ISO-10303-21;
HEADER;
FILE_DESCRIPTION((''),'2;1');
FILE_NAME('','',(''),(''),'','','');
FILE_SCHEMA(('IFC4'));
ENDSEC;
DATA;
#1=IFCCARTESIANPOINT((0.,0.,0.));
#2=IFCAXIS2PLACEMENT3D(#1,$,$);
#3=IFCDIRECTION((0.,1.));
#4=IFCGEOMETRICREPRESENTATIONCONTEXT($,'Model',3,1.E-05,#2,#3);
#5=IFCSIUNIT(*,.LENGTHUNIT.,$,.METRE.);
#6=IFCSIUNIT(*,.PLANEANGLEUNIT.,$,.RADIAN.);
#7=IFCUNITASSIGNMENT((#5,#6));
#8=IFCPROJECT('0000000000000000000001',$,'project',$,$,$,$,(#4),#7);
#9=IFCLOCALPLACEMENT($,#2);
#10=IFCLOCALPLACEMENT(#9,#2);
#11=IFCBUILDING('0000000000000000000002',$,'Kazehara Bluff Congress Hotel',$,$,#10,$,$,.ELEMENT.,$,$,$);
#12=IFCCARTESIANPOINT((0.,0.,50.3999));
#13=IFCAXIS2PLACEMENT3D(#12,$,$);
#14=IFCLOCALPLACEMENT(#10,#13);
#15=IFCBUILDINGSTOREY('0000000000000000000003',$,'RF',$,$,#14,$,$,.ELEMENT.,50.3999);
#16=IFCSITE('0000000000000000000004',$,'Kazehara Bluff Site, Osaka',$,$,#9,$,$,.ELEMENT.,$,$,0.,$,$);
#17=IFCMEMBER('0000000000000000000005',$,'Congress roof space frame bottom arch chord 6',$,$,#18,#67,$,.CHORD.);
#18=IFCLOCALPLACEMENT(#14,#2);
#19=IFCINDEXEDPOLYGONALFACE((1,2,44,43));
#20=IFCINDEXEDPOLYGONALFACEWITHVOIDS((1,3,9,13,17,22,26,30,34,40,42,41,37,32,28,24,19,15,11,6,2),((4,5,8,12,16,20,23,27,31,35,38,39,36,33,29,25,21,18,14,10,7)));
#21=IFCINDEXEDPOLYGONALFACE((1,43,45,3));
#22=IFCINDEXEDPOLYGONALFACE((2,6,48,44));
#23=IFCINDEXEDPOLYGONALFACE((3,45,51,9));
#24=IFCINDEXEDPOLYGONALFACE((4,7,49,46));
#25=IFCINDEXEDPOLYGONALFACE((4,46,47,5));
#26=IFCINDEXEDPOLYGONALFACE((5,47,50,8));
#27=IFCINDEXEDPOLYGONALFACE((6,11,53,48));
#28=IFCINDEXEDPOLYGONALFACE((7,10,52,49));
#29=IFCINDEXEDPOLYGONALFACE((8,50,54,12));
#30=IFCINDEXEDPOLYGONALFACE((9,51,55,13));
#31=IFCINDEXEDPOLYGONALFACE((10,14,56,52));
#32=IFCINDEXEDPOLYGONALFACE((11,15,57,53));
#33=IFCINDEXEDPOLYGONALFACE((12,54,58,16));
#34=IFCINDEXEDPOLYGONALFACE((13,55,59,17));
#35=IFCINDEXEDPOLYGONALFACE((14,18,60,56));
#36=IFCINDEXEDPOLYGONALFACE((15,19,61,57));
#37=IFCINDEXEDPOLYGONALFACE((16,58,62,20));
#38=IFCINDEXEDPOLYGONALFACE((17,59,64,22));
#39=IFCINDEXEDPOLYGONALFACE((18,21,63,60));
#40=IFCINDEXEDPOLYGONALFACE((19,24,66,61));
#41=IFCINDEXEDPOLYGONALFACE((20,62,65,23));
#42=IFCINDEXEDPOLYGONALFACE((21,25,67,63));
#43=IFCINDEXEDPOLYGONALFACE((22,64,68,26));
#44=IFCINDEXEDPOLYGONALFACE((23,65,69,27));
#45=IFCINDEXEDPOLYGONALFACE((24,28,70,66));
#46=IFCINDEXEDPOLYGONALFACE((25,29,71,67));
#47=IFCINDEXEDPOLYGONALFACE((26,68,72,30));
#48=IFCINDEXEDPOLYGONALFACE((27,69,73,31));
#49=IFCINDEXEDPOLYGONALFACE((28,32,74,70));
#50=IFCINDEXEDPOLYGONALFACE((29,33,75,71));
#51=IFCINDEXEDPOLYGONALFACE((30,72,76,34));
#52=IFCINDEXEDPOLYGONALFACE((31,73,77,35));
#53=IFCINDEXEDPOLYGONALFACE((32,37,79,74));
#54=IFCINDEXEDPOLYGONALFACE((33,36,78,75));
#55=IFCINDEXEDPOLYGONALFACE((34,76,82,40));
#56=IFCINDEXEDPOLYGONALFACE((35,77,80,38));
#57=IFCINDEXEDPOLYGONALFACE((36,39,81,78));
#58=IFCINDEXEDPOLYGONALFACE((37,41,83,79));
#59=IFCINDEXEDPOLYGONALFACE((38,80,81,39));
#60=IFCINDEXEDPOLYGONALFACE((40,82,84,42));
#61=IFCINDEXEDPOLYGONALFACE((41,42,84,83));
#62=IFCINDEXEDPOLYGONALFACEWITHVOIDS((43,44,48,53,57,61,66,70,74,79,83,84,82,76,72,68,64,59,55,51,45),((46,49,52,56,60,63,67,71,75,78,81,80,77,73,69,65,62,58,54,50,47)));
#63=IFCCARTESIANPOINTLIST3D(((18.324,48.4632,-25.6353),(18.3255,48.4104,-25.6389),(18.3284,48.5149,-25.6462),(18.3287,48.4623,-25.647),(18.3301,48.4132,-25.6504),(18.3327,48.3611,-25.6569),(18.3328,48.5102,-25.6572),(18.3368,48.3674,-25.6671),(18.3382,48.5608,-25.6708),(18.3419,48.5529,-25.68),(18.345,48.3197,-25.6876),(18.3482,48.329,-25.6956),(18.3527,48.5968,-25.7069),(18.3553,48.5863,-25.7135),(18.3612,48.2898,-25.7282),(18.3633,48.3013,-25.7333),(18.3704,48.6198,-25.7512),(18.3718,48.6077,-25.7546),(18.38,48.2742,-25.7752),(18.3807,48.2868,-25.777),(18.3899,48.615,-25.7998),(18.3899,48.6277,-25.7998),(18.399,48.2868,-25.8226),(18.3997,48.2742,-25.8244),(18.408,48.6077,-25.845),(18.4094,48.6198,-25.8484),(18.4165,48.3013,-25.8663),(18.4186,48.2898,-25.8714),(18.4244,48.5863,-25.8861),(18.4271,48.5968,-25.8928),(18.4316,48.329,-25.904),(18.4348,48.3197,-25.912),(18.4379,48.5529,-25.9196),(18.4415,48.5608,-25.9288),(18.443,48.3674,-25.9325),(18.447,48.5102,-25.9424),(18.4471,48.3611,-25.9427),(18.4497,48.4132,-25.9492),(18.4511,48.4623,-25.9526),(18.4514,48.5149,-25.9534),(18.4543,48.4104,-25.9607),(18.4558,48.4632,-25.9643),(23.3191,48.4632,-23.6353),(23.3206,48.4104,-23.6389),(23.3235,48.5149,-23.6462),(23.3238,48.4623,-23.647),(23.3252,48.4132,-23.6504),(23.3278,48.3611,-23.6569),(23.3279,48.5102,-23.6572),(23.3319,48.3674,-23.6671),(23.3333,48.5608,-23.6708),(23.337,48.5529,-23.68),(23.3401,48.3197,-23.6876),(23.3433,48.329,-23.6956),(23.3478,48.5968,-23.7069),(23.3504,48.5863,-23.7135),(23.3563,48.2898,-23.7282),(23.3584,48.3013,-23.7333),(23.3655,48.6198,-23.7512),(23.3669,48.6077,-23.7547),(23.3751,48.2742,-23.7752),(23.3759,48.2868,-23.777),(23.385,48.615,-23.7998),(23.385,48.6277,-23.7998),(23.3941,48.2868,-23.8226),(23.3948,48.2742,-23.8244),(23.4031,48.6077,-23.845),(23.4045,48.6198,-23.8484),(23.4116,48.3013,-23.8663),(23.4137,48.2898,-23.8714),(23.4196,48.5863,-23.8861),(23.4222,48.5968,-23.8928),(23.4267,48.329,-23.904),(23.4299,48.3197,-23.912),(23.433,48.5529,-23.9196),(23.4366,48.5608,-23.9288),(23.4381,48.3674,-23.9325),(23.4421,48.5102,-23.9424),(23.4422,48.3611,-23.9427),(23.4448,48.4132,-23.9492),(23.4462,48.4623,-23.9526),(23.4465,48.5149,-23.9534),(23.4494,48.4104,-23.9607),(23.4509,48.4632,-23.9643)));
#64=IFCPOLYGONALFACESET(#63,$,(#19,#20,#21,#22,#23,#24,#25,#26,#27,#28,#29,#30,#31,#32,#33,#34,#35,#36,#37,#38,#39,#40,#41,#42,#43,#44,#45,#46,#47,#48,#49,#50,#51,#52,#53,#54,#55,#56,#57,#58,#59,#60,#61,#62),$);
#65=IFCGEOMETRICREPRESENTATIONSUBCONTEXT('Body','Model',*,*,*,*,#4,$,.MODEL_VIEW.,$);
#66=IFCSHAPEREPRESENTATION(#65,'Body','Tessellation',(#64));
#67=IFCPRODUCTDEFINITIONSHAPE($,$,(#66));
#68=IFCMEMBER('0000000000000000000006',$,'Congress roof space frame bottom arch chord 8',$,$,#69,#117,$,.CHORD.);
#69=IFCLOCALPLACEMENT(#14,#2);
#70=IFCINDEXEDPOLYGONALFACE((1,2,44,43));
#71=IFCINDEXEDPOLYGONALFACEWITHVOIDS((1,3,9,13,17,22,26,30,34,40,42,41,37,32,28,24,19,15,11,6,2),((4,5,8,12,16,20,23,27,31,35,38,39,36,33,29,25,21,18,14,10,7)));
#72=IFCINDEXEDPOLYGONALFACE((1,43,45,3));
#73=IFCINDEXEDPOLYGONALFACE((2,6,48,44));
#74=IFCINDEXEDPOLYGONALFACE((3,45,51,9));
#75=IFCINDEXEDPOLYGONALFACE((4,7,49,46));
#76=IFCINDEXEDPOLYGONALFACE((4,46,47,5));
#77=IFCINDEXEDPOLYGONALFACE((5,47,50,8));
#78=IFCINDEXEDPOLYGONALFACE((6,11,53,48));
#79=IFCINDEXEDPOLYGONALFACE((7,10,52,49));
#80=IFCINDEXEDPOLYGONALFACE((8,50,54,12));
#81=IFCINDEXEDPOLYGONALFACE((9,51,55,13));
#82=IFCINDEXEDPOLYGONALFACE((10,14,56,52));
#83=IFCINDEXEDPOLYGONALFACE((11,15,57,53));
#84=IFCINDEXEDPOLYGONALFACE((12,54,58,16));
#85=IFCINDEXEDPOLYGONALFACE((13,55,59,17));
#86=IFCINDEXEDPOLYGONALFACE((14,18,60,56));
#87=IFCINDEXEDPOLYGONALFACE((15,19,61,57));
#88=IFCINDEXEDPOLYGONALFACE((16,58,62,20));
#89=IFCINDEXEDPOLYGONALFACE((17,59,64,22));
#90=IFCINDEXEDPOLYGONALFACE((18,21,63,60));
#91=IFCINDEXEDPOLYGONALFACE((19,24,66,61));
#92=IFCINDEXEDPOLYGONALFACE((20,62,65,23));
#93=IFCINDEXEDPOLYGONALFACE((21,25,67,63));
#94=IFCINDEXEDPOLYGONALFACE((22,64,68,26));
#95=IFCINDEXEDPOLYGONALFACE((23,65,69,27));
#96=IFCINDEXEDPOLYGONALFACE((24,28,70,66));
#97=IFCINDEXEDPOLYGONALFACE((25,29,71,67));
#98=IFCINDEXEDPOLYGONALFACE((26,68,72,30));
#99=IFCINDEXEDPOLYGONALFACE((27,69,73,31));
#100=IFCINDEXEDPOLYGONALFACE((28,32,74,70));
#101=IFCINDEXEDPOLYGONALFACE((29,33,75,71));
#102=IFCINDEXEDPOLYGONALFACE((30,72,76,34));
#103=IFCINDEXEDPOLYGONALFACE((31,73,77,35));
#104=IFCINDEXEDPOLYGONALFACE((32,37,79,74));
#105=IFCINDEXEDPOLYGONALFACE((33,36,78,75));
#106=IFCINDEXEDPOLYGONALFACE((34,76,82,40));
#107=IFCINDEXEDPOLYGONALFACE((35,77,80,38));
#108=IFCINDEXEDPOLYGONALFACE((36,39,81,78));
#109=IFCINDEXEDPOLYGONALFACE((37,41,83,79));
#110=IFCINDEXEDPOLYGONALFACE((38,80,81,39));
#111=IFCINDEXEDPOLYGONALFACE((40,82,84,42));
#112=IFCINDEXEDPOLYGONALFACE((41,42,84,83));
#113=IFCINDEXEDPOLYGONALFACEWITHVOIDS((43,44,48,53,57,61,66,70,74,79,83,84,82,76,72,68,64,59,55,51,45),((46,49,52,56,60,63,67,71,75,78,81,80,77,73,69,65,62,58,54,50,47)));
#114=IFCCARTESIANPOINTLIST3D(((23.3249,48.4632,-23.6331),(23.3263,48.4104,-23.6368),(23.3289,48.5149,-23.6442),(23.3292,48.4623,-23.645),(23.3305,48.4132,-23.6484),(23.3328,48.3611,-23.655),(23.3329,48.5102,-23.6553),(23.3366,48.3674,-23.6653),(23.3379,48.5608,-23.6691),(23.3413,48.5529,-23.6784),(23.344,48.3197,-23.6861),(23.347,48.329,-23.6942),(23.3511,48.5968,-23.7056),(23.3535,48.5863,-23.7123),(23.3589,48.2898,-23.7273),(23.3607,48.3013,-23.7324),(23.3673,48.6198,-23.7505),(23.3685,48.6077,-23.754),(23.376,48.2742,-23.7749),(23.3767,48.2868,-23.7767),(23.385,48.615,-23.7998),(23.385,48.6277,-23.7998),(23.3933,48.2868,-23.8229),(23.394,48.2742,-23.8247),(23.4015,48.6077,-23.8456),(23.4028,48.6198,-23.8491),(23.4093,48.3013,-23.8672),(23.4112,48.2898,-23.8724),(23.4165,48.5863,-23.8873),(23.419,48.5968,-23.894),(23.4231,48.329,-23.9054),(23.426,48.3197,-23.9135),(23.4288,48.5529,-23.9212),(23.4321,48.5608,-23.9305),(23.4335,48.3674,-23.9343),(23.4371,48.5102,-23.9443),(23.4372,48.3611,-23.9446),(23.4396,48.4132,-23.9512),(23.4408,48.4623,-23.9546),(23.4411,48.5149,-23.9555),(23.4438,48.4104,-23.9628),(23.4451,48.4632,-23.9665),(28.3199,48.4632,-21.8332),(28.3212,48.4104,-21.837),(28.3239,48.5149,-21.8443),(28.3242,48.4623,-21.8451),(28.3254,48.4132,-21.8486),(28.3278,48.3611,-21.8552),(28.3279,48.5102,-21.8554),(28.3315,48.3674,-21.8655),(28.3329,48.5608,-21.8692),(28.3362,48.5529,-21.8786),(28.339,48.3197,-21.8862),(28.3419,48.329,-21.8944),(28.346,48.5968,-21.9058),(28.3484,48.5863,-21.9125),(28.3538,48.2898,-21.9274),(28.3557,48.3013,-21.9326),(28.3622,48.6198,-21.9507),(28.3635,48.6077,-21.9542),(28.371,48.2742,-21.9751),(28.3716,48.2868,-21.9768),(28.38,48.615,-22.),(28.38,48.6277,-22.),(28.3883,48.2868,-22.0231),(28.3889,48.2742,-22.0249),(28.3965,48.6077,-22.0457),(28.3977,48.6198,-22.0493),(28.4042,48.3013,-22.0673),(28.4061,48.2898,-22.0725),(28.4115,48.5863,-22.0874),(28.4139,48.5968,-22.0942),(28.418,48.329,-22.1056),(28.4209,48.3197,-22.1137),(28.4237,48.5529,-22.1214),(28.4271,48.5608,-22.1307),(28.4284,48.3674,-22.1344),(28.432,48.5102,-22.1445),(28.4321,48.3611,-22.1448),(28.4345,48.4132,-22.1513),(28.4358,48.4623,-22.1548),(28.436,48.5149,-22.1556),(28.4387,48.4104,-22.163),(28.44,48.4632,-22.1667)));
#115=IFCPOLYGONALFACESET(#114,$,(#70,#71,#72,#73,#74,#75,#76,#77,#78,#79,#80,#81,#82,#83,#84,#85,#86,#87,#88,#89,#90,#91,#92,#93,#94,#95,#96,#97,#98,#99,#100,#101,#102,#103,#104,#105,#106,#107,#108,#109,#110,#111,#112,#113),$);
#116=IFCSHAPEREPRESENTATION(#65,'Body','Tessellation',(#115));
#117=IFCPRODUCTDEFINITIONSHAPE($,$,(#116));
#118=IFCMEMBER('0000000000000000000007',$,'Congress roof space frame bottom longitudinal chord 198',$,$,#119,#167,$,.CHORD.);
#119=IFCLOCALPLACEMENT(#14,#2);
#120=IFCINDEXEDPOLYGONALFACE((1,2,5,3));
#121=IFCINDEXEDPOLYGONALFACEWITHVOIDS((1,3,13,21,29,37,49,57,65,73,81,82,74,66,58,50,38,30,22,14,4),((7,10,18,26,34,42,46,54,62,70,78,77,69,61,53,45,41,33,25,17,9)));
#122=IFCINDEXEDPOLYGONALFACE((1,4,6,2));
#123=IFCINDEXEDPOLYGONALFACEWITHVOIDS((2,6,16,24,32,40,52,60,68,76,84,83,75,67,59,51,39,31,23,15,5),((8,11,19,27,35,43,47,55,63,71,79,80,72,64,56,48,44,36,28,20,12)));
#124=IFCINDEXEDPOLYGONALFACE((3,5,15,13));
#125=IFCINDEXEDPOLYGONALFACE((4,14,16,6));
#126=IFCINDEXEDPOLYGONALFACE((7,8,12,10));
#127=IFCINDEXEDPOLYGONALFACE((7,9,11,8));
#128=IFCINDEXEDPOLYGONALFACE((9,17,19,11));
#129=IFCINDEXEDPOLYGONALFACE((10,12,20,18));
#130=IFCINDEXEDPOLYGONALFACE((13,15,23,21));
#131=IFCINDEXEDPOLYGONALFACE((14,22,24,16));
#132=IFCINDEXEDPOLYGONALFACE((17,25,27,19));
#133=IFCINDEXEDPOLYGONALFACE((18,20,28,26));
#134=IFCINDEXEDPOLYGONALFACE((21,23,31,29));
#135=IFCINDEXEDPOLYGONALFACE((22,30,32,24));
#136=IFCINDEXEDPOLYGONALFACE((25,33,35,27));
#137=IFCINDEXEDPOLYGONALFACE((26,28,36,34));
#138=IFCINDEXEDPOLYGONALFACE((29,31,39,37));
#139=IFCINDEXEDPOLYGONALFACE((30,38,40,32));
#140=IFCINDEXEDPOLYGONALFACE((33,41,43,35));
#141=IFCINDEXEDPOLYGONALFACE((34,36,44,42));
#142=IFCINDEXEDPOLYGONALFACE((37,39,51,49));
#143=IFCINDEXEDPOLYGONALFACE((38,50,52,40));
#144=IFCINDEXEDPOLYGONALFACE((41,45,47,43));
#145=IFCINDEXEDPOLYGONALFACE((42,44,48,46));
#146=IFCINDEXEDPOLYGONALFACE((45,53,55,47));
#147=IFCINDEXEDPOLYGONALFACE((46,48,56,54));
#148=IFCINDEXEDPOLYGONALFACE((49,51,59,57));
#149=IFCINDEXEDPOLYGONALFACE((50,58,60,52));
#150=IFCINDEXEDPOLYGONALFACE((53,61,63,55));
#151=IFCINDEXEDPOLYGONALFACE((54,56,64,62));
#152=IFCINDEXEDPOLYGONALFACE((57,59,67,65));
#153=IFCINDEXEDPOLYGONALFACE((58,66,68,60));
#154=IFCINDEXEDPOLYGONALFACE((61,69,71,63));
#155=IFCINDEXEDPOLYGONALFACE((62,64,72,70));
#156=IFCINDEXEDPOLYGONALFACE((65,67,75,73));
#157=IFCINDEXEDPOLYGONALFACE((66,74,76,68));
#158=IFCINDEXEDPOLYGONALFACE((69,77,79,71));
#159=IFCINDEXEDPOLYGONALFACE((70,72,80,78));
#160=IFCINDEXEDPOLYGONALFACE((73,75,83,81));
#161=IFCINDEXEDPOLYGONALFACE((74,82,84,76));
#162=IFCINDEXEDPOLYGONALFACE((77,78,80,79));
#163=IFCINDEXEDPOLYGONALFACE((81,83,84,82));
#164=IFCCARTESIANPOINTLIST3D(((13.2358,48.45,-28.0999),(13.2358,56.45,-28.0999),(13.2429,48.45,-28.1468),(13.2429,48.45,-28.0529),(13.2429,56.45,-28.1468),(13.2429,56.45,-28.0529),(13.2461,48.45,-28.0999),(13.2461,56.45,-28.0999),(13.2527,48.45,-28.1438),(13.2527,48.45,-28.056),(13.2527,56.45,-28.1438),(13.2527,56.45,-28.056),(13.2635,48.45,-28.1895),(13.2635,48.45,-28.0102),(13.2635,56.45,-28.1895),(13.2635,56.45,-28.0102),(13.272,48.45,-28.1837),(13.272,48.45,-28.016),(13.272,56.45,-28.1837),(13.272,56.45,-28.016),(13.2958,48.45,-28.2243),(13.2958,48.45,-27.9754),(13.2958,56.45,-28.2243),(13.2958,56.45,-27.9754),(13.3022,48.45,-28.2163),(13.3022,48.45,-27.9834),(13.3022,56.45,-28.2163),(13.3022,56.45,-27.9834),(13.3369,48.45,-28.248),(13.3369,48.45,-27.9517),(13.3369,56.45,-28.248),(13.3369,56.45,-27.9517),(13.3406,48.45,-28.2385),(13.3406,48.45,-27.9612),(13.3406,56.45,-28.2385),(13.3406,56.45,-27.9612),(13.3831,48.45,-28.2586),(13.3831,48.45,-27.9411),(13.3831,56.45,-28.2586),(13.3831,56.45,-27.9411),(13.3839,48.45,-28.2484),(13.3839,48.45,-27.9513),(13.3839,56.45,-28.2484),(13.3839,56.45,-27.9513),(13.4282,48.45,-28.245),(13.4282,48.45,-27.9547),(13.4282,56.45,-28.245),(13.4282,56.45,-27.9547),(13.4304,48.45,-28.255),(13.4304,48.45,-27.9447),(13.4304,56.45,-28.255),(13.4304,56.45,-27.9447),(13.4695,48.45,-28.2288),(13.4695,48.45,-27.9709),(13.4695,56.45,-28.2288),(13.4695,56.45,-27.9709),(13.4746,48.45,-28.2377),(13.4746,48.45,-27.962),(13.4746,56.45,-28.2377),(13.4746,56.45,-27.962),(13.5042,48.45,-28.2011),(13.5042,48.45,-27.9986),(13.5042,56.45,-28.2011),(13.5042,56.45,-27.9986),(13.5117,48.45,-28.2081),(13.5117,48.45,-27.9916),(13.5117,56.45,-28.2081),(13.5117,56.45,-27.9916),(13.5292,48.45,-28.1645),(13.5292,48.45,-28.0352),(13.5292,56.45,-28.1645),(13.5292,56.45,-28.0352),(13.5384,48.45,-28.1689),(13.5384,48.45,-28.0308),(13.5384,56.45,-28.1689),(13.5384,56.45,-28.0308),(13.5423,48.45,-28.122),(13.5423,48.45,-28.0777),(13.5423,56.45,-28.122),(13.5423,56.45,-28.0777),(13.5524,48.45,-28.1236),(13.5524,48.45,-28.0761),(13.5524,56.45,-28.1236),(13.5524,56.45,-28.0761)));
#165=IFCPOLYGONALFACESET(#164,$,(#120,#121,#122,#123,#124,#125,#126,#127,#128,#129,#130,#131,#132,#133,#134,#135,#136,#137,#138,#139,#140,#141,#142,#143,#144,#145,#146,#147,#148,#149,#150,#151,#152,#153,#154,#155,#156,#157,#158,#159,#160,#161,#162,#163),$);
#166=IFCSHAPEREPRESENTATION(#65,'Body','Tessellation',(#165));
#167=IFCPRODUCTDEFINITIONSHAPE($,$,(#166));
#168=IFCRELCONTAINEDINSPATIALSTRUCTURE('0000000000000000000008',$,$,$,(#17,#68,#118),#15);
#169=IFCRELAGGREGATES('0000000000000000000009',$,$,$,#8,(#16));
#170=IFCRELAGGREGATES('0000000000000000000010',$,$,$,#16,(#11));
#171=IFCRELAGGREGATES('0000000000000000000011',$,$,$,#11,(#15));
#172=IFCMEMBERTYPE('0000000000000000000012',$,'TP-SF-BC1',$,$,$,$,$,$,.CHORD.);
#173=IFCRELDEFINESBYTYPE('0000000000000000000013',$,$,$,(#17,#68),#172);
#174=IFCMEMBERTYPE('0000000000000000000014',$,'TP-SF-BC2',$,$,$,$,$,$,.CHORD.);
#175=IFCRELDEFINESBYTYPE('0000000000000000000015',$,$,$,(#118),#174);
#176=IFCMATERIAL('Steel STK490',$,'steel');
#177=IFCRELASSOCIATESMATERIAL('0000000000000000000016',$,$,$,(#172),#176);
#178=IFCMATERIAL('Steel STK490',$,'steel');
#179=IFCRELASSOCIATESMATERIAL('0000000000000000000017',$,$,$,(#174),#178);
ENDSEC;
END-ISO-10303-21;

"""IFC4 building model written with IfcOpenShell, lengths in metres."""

from ifc_helpers import new_model, si_unit, direction, frame, origin, origin_2d, place, context, subcontext, project, spatial, hollow_circle, extrude, material, material_profile, profile_set, type_object, element, save


model = new_model("IFC4")

# Units and contexts
model_context = context("Model", 3, precision=1e-05, world=origin(), true_north=direction((0.0, 1.0)))
body_context = subcontext(model_context, "Body", "Model", "MODEL_VIEW")
ifc_project = project(units=[si_unit("LENGTHUNIT", "METRE"), si_unit("PLANEANGLEUNIT", "RADIAN")], contexts=[model_context])

# Site, building, storey
site_placement = place(None, origin())
site = spatial("IfcSite", under=ifc_project, at=site_placement, Name="Kazehara Bluff Site, Osaka", CompositionType="ELEMENT", RefElevation=0.0)
building_placement = place(site_placement, origin())
building = spatial("IfcBuilding", under=site, at=building_placement, Name="Kazehara Bluff Congress Hotel", CompositionType="ELEMENT")
storey_placement = place(building_placement, frame((0.0, 0.0, 50.3999)))
storey = spatial("IfcBuildingStorey", under=building, at=storey_placement, Name="RF", CompositionType="ELEMENT", Elevation=50.3999)

# Members
ifc_material_1 = material(Name="Steel STK490", Category="steel")
ifc_material_profile_1 = material_profile(ifc_material_1, hollow_circle(Radius=0.1777, WallThickness=0.0127, at=origin_2d()))
ifc_profile_set_1 = profile_set([ifc_material_profile_1], Name="Steel STK490")
member_type_1 = type_object("IfcMemberType", Name="TP-SF-BC1", PredefinedType="CHORD", material=ifc_profile_set_1)
member_1_placement = place(storey_placement, frame((18.3899, 48.45, -25.7998), z_axis=(0.928351, 0.0, 0.371704), x_axis=(0.0, 1.0, 0.0)))
element("IfcMember", 1, at=member_1_placement, inside=storey, type_object=member_type_1, Name="Congress roof space frame bottom arch chord 6", PredefinedType="CHORD", context=body_context, shape_type="SweptSolid", body=[
    extrude(hollow_circle(Radius=0.1777, WallThickness=0.0127, at=origin_2d()), origin(), (0.0, 0.0, 1.0), 5.3806),
])
member_2_placement = place(storey_placement, frame((23.385, 48.45, -23.7998), z_axis=(0.940788, 0.0, 0.338995), x_axis=(0.0, 1.0, 0.0)))
element("IfcMember", 2, at=member_2_placement, inside=storey, type_object=member_type_1, Name="Congress roof space frame bottom arch chord 8", PredefinedType="CHORD", context=body_context, shape_type="SweptSolid", body=[
    extrude(hollow_circle(Radius=0.1777, WallThickness=0.0127, at=origin_2d()), origin(), (0.0, 0.0, 1.0), 5.3093),
])
ifc_material_2 = material(Name="Steel STK490", Category="steel")
ifc_material_profile_2 = material_profile(ifc_material_2, hollow_circle(Radius=0.1592, WallThickness=0.0103, at=origin_2d()))
ifc_profile_set_2 = profile_set([ifc_material_profile_2], Name="Steel STK490")
member_type_2 = type_object("IfcMemberType", Name="TP-SF-BC2", PredefinedType="CHORD", material=ifc_profile_set_2)
for number, where, z_axis, x_axis, name in (
    (3, (13.395, 48.45, -28.0999), (0.0, 1.0, 0.0), (-1.0, 0.0, 0.0), "Congress roof space frame bottom longitudinal chord 198"),
):
    element("IfcMember", number, at=place(storey_placement, frame(where, z_axis=z_axis, x_axis=x_axis)), inside=storey, type_object=member_type_2, Name=name, PredefinedType="CHORD", context=body_context, shape_type="SweptSolid", body=[
        extrude(hollow_circle(Radius=0.1592, WallThickness=0.0103, at=origin_2d()), origin(), (0.0, 0.0, 1.0), 8.0),
    ])

save(model, "model.ifc")
